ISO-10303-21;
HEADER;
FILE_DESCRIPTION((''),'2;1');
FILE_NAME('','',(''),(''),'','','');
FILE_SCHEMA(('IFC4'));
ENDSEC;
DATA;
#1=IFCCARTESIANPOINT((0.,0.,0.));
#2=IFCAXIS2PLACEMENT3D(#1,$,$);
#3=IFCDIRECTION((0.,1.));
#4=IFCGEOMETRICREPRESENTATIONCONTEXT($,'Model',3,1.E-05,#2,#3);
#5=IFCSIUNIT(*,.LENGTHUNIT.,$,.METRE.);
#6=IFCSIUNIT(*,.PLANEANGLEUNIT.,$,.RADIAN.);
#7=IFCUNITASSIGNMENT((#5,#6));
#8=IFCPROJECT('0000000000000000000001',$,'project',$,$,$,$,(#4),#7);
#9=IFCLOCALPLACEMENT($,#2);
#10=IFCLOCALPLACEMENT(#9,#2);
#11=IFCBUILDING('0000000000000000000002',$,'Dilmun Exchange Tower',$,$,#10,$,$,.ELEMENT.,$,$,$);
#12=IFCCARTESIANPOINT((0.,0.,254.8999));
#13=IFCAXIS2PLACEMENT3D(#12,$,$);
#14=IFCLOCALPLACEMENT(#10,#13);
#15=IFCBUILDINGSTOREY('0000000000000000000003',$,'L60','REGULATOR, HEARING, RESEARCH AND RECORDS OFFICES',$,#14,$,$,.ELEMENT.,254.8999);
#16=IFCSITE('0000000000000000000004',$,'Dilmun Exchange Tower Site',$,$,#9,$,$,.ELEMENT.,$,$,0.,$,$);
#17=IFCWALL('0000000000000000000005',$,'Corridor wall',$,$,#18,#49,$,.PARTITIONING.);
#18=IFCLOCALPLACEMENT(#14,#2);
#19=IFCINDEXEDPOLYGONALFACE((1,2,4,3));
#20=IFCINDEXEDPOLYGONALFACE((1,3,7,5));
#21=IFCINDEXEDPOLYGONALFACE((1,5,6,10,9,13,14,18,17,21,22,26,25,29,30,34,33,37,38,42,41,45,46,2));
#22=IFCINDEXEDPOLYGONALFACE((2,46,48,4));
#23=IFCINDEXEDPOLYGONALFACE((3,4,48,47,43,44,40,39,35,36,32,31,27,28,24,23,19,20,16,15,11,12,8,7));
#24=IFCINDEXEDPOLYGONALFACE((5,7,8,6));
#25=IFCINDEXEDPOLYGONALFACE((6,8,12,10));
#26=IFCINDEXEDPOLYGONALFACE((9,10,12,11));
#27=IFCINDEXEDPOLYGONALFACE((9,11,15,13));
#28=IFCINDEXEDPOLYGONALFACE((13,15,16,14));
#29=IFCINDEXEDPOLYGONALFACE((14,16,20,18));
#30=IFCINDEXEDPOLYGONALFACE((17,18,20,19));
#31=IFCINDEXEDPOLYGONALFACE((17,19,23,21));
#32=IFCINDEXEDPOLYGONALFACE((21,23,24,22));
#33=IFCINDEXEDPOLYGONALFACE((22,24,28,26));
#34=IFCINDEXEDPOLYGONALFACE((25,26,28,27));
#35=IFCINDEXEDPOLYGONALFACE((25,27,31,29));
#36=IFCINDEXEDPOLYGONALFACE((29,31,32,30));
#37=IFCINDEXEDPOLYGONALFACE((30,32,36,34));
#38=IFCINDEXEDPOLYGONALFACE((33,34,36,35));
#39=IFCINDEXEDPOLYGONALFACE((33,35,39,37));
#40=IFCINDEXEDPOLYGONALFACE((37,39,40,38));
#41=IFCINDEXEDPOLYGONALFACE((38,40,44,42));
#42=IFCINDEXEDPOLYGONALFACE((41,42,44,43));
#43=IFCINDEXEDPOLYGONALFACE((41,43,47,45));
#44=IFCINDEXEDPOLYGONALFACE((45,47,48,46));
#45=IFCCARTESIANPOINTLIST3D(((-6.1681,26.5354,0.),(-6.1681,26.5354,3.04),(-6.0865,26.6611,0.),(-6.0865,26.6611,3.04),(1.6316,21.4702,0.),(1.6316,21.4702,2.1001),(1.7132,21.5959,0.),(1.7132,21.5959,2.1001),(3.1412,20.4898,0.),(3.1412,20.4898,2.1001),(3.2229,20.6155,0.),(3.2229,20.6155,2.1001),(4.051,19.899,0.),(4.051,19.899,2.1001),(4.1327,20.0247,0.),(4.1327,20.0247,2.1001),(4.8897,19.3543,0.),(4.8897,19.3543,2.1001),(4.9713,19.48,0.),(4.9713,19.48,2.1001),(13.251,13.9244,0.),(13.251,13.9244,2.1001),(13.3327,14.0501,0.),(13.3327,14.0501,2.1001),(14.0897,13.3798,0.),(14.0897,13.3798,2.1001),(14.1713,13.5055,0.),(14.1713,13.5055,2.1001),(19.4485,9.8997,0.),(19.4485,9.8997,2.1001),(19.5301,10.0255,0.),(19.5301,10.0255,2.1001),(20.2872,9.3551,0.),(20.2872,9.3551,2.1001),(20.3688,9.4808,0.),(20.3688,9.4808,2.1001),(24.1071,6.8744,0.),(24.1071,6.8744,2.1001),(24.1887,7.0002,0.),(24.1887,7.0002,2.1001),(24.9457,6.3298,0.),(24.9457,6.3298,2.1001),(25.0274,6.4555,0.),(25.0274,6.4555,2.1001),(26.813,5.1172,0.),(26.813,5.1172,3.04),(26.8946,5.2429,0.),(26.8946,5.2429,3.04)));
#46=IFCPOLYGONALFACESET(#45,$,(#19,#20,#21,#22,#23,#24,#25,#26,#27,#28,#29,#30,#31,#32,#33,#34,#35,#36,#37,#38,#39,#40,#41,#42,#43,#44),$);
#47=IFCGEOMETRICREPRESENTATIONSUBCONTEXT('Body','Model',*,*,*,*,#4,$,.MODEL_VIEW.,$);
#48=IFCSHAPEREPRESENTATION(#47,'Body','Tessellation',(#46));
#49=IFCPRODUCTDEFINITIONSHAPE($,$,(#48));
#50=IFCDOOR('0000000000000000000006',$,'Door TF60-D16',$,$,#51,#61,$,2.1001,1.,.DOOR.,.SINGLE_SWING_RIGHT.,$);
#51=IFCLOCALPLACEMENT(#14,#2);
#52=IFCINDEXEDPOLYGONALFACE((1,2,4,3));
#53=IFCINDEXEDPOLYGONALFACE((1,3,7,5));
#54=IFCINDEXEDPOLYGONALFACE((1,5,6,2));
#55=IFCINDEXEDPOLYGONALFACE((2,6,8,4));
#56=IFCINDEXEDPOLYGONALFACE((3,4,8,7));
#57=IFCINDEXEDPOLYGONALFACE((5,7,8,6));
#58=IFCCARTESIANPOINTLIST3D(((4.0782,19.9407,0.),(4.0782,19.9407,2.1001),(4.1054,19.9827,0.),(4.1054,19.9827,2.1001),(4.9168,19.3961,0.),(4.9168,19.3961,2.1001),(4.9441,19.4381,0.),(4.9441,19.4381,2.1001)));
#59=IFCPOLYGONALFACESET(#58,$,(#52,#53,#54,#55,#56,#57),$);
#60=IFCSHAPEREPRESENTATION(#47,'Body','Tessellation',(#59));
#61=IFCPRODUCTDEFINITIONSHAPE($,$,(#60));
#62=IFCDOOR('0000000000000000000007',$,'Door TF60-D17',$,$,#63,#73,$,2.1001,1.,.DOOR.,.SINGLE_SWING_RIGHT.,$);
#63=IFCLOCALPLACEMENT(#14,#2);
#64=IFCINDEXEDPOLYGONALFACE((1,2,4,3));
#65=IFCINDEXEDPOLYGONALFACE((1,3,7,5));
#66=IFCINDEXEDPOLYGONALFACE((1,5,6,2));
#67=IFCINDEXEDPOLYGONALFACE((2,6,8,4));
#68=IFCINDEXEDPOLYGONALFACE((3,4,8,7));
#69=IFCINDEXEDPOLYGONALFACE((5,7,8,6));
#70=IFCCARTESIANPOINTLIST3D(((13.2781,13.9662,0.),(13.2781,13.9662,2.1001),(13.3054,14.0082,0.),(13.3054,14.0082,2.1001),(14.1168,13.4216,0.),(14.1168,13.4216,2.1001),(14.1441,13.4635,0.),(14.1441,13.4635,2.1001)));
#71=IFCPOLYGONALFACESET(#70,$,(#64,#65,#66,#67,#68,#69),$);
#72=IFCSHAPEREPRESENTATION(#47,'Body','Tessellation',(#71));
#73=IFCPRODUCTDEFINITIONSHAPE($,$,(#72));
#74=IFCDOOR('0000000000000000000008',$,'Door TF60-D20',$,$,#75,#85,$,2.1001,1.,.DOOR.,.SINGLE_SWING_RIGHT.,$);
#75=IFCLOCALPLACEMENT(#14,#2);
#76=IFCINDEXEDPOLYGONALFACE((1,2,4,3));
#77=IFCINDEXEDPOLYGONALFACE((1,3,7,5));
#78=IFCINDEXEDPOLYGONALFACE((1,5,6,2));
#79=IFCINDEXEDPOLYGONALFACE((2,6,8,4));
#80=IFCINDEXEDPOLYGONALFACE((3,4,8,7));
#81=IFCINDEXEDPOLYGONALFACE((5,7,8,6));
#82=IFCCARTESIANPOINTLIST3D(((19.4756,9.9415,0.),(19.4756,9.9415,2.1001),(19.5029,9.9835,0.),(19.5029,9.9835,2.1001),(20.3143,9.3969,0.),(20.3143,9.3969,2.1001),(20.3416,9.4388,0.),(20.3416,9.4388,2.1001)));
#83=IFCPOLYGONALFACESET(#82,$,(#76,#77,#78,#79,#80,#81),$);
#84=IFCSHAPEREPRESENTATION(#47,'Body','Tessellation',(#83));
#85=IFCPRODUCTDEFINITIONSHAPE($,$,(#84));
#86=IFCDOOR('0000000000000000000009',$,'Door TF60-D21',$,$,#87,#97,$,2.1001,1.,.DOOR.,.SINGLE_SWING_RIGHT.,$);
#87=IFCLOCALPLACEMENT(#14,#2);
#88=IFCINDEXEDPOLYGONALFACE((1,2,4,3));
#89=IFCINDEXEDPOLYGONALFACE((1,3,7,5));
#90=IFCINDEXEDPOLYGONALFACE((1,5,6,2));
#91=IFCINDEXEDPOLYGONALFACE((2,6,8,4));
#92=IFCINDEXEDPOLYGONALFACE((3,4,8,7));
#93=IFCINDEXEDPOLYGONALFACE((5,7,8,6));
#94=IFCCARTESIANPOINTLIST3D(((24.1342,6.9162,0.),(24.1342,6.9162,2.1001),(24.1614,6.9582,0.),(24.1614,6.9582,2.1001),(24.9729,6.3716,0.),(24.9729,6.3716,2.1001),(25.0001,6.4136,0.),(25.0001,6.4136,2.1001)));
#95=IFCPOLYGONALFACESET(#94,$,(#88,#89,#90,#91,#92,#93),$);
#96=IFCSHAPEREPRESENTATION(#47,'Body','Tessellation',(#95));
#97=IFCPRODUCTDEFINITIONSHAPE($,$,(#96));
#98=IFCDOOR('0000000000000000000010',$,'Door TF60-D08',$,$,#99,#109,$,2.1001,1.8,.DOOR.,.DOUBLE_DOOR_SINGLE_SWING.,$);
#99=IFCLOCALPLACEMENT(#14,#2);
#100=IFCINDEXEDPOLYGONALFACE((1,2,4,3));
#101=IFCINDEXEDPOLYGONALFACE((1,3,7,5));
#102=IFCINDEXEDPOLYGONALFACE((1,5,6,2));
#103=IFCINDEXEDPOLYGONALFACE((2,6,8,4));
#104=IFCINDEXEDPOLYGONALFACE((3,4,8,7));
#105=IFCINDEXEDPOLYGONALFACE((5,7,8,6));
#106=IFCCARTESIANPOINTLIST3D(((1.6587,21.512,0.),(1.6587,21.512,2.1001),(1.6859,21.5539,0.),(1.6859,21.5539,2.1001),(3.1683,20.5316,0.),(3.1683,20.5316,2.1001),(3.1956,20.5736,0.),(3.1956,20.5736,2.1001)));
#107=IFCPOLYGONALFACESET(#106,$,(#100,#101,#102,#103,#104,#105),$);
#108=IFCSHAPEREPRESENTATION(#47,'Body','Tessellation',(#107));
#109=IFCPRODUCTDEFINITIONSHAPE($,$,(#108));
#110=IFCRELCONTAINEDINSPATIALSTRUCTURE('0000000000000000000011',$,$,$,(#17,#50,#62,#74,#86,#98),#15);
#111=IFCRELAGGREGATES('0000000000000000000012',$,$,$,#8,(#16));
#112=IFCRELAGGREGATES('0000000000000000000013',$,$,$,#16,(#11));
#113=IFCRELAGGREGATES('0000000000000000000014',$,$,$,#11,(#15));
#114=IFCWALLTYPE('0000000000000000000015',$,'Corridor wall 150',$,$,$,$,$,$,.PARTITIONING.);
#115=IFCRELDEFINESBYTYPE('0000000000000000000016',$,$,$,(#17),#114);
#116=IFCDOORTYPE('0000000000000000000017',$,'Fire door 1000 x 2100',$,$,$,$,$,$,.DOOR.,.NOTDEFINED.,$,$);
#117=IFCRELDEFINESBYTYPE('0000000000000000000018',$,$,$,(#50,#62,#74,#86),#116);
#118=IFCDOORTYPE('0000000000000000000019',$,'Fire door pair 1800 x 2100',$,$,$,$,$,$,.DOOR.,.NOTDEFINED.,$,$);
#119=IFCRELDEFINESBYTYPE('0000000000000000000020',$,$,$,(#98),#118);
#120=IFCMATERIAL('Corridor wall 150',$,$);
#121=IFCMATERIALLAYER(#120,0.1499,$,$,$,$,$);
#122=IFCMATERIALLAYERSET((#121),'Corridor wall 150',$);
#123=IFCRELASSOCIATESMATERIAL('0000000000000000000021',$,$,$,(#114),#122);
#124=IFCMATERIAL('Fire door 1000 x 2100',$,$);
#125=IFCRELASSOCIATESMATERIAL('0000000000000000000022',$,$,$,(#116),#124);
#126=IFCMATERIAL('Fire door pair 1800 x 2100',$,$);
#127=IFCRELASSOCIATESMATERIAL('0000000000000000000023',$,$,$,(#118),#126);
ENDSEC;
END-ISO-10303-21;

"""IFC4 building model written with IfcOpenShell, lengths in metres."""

from ifc_helpers import new_model, si_unit, direction, frame, frame_2d, origin, place, context, subcontext, project, spatial, rectangle, extrude, material, layer, layer_set, type_object, element, fill, save


model = new_model("IFC4")

# Units and contexts
model_context = context("Model", 3, precision=1e-05, world=origin(), true_north=direction((0.0, 1.0)))
body_context = subcontext(model_context, "Body", "Model", "MODEL_VIEW")
ifc_project = project(units=[si_unit("LENGTHUNIT", "METRE"), si_unit("PLANEANGLEUNIT", "RADIAN")], contexts=[model_context])

# Site, building, storey
site_placement = place(None, origin())
site = spatial("IfcSite", under=ifc_project, at=site_placement, Name="Dilmun Exchange Tower Site", CompositionType="ELEMENT", RefElevation=0.0)
building_placement = place(site_placement, origin())
building = spatial("IfcBuilding", under=site, at=building_placement, Name="Dilmun Exchange Tower", CompositionType="ELEMENT")
storey_placement = place(building_placement, frame((0.0, 0.0, 254.8999)))
storey = spatial("IfcBuildingStorey", under=building, at=storey_placement, Name="L60", Description="REGULATOR, HEARING, RESEARCH AND RECORDS OFFICES", CompositionType="ELEMENT", Elevation=254.8999)

# Shared definitions
ifc_material_1 = material(Name="Corridor wall 150")
ifc_layer = layer(ifc_material_1, 0.1499)
ifc_layer_set = layer_set([ifc_layer], Name="Corridor wall 150")
wall_type = type_object("IfcWallType", Name="Corridor wall 150", PredefinedType="PARTITIONING", material=ifc_layer_set)

# Shared definitions
ifc_material_2 = material(Name="Fire door 1000 x 2100")
door_type_1 = type_object("IfcDoorType", Name="Fire door 1000 x 2100", OperationType="NOTDEFINED", PredefinedType="DOOR", material=ifc_material_2)

# Wall, openings, doors
wall_1_placement = place(storey_placement, frame((-6.1272, 26.5981, 0.0), z_axis=(0.0, 0.0, 1.0), x_axis=(0.838671, -0.544639, 0.0)))
wall_1 = element("IfcWall", 1, at=wall_1_placement, inside=storey, type_object=wall_type, Name="Corridor wall", PredefinedType="PARTITIONING", context=body_context, shape_type="SweptSolid", body=[
    extrude(rectangle(XDim=39.3254, YDim=0.1499, at=frame_2d((19.6626, 0.0))), origin(), (0.0, 0.0, 1.0), 3.04),
])
opening_1_placement = place(wall_1_placement, frame((9.3, 0.0, 0.0)))
opening_1 = element("IfcOpeningElement", 2, at=opening_1_placement, cuts=wall_1, PredefinedType="OPENING", context=body_context, shape_type="SweptSolid", body=[
    extrude(rectangle(XDim=1.8, YDim=2.1001, at=frame_2d((0.8999, 1.05))), frame((0.0, 0.085, 0.0), z_axis=(0.0, -1.0, 0.0), x_axis=(1.0, 0.0, 0.0)), (0.0, 0.0, 1.0), 0.1699),
])
opening_2_placement = place(wall_1_placement, frame((12.1848, 0.0, 0.0)))
opening_2 = element("IfcOpeningElement", 3, at=opening_2_placement, cuts=wall_1, PredefinedType="OPENING", context=body_context, shape_type="SweptSolid", body=[
    extrude(rectangle(XDim=1.0, YDim=2.1001, at=frame_2d((0.5, 1.05))), frame((0.0, 0.085, 0.0), z_axis=(0.0, -1.0, 0.0), x_axis=(1.0, 0.0, 0.0)), (0.0, 0.0, 1.0), 0.1699),
])
opening_3_placement = place(wall_1_placement, frame((23.1545, 0.0, 0.0)))
opening_3 = element("IfcOpeningElement", 4, at=opening_3_placement, cuts=wall_1, PredefinedType="OPENING", context=body_context, shape_type="SweptSolid", body=[
    extrude(rectangle(XDim=1.0, YDim=2.1001, at=frame_2d((0.5, 1.05))), frame((0.0, 0.085, 0.0), z_axis=(0.0, -1.0, 0.0), x_axis=(1.0, 0.0, 0.0)), (0.0, 0.0, 1.0), 0.1699),
])
opening_4_placement = place(wall_1_placement, frame((30.5442, 0.0, 0.0)))
opening_4 = element("IfcOpeningElement", 5, at=opening_4_placement, cuts=wall_1, PredefinedType="OPENING", context=body_context, shape_type="SweptSolid", body=[
    extrude(rectangle(XDim=1.0, YDim=2.1001, at=frame_2d((0.5, 1.05))), frame((0.0, 0.085, 0.0), z_axis=(0.0, -1.0, 0.0), x_axis=(1.0, 0.0, 0.0)), (0.0, 0.0, 1.0), 0.1699),
])
opening_5_placement = place(wall_1_placement, frame((36.0989, 0.0, 0.0)))
opening_5 = element("IfcOpeningElement", 6, at=opening_5_placement, cuts=wall_1, PredefinedType="OPENING", context=body_context, shape_type="SweptSolid", body=[
    extrude(rectangle(XDim=1.0, YDim=2.1001, at=frame_2d((0.5, 1.05))), frame((0.0, 0.085, 0.0), z_axis=(0.0, -1.0, 0.0), x_axis=(1.0, 0.0, 0.0)), (0.0, 0.0, 1.0), 0.1699),
])
door_1_placement = place(opening_2_placement, origin())
door_1 = element("IfcDoor", 7, at=door_1_placement, inside=storey, type_object=door_type_1, Name="Door TF60-D16", OperationType="SINGLE_SWING_RIGHT", OverallHeight=2.1001, OverallWidth=1.0, PredefinedType="DOOR", context=body_context, shape_type="SweptSolid", body=[
    extrude(rectangle(XDim=1.0, YDim=2.1001, at=frame_2d((0.5, 1.05))), frame((0.0, 0.0249, 0.0), z_axis=(0.0, -1.0, 0.0), x_axis=(1.0, 0.0, 0.0)), (0.0, 0.0, 1.0), 0.05),
])
fill(opening_2, door_1)
door_2_placement = place(opening_3_placement, origin())
door_2 = element("IfcDoor", 8, at=door_2_placement, inside=storey, type_object=door_type_1, Name="Door TF60-D17", OperationType="SINGLE_SWING_RIGHT", OverallHeight=2.1001, OverallWidth=1.0, PredefinedType="DOOR", context=body_context, shape_type="SweptSolid", body=[
    extrude(rectangle(XDim=1.0, YDim=2.1001, at=frame_2d((0.5, 1.05))), frame((0.0, 0.0249, 0.0), z_axis=(0.0, -1.0, 0.0), x_axis=(1.0, 0.0, 0.0)), (0.0, 0.0, 1.0), 0.05),
])
fill(opening_3, door_2)
door_3_placement = place(opening_4_placement, origin())
door_3 = element("IfcDoor", 9, at=door_3_placement, inside=storey, type_object=door_type_1, Name="Door TF60-D20", OperationType="SINGLE_SWING_RIGHT", OverallHeight=2.1001, OverallWidth=1.0, PredefinedType="DOOR", context=body_context, shape_type="SweptSolid", body=[
    extrude(rectangle(XDim=1.0, YDim=2.1001, at=frame_2d((0.5, 1.05))), frame((0.0, 0.0249, 0.0), z_axis=(0.0, -1.0, 0.0), x_axis=(1.0, 0.0, 0.0)), (0.0, 0.0, 1.0), 0.05),
])
fill(opening_4, door_3)
door_4_placement = place(opening_5_placement, origin())
door_4 = element("IfcDoor", 10, at=door_4_placement, inside=storey, type_object=door_type_1, Name="Door TF60-D21", OperationType="SINGLE_SWING_RIGHT", OverallHeight=2.1001, OverallWidth=1.0, PredefinedType="DOOR", context=body_context, shape_type="SweptSolid", body=[
    extrude(rectangle(XDim=1.0, YDim=2.1001, at=frame_2d((0.5, 1.05))), frame((0.0, 0.0249, 0.0), z_axis=(0.0, -1.0, 0.0), x_axis=(1.0, 0.0, 0.0)), (0.0, 0.0, 1.0), 0.05),
])
fill(opening_5, door_4)
ifc_material_3 = material(Name="Fire door pair 1800 x 2100")
door_type_2 = type_object("IfcDoorType", Name="Fire door pair 1800 x 2100", OperationType="NOTDEFINED", PredefinedType="DOOR", material=ifc_material_3)
door_5_placement = place(opening_1_placement, origin())
door_5 = element("IfcDoor", 11, at=door_5_placement, inside=storey, type_object=door_type_2, Name="Door TF60-D08", OperationType="DOUBLE_DOOR_SINGLE_SWING", OverallHeight=2.1001, OverallWidth=1.8, PredefinedType="DOOR", context=body_context, shape_type="SweptSolid", body=[
    extrude(rectangle(XDim=1.8, YDim=2.1001, at=frame_2d((0.8999, 1.05))), frame((0.0, 0.0249, 0.0), z_axis=(0.0, -1.0, 0.0), x_axis=(1.0, 0.0, 0.0)), (0.0, 0.0, 1.0), 0.05),
])
fill(opening_1, door_5)

save(model, "model.ifc")
